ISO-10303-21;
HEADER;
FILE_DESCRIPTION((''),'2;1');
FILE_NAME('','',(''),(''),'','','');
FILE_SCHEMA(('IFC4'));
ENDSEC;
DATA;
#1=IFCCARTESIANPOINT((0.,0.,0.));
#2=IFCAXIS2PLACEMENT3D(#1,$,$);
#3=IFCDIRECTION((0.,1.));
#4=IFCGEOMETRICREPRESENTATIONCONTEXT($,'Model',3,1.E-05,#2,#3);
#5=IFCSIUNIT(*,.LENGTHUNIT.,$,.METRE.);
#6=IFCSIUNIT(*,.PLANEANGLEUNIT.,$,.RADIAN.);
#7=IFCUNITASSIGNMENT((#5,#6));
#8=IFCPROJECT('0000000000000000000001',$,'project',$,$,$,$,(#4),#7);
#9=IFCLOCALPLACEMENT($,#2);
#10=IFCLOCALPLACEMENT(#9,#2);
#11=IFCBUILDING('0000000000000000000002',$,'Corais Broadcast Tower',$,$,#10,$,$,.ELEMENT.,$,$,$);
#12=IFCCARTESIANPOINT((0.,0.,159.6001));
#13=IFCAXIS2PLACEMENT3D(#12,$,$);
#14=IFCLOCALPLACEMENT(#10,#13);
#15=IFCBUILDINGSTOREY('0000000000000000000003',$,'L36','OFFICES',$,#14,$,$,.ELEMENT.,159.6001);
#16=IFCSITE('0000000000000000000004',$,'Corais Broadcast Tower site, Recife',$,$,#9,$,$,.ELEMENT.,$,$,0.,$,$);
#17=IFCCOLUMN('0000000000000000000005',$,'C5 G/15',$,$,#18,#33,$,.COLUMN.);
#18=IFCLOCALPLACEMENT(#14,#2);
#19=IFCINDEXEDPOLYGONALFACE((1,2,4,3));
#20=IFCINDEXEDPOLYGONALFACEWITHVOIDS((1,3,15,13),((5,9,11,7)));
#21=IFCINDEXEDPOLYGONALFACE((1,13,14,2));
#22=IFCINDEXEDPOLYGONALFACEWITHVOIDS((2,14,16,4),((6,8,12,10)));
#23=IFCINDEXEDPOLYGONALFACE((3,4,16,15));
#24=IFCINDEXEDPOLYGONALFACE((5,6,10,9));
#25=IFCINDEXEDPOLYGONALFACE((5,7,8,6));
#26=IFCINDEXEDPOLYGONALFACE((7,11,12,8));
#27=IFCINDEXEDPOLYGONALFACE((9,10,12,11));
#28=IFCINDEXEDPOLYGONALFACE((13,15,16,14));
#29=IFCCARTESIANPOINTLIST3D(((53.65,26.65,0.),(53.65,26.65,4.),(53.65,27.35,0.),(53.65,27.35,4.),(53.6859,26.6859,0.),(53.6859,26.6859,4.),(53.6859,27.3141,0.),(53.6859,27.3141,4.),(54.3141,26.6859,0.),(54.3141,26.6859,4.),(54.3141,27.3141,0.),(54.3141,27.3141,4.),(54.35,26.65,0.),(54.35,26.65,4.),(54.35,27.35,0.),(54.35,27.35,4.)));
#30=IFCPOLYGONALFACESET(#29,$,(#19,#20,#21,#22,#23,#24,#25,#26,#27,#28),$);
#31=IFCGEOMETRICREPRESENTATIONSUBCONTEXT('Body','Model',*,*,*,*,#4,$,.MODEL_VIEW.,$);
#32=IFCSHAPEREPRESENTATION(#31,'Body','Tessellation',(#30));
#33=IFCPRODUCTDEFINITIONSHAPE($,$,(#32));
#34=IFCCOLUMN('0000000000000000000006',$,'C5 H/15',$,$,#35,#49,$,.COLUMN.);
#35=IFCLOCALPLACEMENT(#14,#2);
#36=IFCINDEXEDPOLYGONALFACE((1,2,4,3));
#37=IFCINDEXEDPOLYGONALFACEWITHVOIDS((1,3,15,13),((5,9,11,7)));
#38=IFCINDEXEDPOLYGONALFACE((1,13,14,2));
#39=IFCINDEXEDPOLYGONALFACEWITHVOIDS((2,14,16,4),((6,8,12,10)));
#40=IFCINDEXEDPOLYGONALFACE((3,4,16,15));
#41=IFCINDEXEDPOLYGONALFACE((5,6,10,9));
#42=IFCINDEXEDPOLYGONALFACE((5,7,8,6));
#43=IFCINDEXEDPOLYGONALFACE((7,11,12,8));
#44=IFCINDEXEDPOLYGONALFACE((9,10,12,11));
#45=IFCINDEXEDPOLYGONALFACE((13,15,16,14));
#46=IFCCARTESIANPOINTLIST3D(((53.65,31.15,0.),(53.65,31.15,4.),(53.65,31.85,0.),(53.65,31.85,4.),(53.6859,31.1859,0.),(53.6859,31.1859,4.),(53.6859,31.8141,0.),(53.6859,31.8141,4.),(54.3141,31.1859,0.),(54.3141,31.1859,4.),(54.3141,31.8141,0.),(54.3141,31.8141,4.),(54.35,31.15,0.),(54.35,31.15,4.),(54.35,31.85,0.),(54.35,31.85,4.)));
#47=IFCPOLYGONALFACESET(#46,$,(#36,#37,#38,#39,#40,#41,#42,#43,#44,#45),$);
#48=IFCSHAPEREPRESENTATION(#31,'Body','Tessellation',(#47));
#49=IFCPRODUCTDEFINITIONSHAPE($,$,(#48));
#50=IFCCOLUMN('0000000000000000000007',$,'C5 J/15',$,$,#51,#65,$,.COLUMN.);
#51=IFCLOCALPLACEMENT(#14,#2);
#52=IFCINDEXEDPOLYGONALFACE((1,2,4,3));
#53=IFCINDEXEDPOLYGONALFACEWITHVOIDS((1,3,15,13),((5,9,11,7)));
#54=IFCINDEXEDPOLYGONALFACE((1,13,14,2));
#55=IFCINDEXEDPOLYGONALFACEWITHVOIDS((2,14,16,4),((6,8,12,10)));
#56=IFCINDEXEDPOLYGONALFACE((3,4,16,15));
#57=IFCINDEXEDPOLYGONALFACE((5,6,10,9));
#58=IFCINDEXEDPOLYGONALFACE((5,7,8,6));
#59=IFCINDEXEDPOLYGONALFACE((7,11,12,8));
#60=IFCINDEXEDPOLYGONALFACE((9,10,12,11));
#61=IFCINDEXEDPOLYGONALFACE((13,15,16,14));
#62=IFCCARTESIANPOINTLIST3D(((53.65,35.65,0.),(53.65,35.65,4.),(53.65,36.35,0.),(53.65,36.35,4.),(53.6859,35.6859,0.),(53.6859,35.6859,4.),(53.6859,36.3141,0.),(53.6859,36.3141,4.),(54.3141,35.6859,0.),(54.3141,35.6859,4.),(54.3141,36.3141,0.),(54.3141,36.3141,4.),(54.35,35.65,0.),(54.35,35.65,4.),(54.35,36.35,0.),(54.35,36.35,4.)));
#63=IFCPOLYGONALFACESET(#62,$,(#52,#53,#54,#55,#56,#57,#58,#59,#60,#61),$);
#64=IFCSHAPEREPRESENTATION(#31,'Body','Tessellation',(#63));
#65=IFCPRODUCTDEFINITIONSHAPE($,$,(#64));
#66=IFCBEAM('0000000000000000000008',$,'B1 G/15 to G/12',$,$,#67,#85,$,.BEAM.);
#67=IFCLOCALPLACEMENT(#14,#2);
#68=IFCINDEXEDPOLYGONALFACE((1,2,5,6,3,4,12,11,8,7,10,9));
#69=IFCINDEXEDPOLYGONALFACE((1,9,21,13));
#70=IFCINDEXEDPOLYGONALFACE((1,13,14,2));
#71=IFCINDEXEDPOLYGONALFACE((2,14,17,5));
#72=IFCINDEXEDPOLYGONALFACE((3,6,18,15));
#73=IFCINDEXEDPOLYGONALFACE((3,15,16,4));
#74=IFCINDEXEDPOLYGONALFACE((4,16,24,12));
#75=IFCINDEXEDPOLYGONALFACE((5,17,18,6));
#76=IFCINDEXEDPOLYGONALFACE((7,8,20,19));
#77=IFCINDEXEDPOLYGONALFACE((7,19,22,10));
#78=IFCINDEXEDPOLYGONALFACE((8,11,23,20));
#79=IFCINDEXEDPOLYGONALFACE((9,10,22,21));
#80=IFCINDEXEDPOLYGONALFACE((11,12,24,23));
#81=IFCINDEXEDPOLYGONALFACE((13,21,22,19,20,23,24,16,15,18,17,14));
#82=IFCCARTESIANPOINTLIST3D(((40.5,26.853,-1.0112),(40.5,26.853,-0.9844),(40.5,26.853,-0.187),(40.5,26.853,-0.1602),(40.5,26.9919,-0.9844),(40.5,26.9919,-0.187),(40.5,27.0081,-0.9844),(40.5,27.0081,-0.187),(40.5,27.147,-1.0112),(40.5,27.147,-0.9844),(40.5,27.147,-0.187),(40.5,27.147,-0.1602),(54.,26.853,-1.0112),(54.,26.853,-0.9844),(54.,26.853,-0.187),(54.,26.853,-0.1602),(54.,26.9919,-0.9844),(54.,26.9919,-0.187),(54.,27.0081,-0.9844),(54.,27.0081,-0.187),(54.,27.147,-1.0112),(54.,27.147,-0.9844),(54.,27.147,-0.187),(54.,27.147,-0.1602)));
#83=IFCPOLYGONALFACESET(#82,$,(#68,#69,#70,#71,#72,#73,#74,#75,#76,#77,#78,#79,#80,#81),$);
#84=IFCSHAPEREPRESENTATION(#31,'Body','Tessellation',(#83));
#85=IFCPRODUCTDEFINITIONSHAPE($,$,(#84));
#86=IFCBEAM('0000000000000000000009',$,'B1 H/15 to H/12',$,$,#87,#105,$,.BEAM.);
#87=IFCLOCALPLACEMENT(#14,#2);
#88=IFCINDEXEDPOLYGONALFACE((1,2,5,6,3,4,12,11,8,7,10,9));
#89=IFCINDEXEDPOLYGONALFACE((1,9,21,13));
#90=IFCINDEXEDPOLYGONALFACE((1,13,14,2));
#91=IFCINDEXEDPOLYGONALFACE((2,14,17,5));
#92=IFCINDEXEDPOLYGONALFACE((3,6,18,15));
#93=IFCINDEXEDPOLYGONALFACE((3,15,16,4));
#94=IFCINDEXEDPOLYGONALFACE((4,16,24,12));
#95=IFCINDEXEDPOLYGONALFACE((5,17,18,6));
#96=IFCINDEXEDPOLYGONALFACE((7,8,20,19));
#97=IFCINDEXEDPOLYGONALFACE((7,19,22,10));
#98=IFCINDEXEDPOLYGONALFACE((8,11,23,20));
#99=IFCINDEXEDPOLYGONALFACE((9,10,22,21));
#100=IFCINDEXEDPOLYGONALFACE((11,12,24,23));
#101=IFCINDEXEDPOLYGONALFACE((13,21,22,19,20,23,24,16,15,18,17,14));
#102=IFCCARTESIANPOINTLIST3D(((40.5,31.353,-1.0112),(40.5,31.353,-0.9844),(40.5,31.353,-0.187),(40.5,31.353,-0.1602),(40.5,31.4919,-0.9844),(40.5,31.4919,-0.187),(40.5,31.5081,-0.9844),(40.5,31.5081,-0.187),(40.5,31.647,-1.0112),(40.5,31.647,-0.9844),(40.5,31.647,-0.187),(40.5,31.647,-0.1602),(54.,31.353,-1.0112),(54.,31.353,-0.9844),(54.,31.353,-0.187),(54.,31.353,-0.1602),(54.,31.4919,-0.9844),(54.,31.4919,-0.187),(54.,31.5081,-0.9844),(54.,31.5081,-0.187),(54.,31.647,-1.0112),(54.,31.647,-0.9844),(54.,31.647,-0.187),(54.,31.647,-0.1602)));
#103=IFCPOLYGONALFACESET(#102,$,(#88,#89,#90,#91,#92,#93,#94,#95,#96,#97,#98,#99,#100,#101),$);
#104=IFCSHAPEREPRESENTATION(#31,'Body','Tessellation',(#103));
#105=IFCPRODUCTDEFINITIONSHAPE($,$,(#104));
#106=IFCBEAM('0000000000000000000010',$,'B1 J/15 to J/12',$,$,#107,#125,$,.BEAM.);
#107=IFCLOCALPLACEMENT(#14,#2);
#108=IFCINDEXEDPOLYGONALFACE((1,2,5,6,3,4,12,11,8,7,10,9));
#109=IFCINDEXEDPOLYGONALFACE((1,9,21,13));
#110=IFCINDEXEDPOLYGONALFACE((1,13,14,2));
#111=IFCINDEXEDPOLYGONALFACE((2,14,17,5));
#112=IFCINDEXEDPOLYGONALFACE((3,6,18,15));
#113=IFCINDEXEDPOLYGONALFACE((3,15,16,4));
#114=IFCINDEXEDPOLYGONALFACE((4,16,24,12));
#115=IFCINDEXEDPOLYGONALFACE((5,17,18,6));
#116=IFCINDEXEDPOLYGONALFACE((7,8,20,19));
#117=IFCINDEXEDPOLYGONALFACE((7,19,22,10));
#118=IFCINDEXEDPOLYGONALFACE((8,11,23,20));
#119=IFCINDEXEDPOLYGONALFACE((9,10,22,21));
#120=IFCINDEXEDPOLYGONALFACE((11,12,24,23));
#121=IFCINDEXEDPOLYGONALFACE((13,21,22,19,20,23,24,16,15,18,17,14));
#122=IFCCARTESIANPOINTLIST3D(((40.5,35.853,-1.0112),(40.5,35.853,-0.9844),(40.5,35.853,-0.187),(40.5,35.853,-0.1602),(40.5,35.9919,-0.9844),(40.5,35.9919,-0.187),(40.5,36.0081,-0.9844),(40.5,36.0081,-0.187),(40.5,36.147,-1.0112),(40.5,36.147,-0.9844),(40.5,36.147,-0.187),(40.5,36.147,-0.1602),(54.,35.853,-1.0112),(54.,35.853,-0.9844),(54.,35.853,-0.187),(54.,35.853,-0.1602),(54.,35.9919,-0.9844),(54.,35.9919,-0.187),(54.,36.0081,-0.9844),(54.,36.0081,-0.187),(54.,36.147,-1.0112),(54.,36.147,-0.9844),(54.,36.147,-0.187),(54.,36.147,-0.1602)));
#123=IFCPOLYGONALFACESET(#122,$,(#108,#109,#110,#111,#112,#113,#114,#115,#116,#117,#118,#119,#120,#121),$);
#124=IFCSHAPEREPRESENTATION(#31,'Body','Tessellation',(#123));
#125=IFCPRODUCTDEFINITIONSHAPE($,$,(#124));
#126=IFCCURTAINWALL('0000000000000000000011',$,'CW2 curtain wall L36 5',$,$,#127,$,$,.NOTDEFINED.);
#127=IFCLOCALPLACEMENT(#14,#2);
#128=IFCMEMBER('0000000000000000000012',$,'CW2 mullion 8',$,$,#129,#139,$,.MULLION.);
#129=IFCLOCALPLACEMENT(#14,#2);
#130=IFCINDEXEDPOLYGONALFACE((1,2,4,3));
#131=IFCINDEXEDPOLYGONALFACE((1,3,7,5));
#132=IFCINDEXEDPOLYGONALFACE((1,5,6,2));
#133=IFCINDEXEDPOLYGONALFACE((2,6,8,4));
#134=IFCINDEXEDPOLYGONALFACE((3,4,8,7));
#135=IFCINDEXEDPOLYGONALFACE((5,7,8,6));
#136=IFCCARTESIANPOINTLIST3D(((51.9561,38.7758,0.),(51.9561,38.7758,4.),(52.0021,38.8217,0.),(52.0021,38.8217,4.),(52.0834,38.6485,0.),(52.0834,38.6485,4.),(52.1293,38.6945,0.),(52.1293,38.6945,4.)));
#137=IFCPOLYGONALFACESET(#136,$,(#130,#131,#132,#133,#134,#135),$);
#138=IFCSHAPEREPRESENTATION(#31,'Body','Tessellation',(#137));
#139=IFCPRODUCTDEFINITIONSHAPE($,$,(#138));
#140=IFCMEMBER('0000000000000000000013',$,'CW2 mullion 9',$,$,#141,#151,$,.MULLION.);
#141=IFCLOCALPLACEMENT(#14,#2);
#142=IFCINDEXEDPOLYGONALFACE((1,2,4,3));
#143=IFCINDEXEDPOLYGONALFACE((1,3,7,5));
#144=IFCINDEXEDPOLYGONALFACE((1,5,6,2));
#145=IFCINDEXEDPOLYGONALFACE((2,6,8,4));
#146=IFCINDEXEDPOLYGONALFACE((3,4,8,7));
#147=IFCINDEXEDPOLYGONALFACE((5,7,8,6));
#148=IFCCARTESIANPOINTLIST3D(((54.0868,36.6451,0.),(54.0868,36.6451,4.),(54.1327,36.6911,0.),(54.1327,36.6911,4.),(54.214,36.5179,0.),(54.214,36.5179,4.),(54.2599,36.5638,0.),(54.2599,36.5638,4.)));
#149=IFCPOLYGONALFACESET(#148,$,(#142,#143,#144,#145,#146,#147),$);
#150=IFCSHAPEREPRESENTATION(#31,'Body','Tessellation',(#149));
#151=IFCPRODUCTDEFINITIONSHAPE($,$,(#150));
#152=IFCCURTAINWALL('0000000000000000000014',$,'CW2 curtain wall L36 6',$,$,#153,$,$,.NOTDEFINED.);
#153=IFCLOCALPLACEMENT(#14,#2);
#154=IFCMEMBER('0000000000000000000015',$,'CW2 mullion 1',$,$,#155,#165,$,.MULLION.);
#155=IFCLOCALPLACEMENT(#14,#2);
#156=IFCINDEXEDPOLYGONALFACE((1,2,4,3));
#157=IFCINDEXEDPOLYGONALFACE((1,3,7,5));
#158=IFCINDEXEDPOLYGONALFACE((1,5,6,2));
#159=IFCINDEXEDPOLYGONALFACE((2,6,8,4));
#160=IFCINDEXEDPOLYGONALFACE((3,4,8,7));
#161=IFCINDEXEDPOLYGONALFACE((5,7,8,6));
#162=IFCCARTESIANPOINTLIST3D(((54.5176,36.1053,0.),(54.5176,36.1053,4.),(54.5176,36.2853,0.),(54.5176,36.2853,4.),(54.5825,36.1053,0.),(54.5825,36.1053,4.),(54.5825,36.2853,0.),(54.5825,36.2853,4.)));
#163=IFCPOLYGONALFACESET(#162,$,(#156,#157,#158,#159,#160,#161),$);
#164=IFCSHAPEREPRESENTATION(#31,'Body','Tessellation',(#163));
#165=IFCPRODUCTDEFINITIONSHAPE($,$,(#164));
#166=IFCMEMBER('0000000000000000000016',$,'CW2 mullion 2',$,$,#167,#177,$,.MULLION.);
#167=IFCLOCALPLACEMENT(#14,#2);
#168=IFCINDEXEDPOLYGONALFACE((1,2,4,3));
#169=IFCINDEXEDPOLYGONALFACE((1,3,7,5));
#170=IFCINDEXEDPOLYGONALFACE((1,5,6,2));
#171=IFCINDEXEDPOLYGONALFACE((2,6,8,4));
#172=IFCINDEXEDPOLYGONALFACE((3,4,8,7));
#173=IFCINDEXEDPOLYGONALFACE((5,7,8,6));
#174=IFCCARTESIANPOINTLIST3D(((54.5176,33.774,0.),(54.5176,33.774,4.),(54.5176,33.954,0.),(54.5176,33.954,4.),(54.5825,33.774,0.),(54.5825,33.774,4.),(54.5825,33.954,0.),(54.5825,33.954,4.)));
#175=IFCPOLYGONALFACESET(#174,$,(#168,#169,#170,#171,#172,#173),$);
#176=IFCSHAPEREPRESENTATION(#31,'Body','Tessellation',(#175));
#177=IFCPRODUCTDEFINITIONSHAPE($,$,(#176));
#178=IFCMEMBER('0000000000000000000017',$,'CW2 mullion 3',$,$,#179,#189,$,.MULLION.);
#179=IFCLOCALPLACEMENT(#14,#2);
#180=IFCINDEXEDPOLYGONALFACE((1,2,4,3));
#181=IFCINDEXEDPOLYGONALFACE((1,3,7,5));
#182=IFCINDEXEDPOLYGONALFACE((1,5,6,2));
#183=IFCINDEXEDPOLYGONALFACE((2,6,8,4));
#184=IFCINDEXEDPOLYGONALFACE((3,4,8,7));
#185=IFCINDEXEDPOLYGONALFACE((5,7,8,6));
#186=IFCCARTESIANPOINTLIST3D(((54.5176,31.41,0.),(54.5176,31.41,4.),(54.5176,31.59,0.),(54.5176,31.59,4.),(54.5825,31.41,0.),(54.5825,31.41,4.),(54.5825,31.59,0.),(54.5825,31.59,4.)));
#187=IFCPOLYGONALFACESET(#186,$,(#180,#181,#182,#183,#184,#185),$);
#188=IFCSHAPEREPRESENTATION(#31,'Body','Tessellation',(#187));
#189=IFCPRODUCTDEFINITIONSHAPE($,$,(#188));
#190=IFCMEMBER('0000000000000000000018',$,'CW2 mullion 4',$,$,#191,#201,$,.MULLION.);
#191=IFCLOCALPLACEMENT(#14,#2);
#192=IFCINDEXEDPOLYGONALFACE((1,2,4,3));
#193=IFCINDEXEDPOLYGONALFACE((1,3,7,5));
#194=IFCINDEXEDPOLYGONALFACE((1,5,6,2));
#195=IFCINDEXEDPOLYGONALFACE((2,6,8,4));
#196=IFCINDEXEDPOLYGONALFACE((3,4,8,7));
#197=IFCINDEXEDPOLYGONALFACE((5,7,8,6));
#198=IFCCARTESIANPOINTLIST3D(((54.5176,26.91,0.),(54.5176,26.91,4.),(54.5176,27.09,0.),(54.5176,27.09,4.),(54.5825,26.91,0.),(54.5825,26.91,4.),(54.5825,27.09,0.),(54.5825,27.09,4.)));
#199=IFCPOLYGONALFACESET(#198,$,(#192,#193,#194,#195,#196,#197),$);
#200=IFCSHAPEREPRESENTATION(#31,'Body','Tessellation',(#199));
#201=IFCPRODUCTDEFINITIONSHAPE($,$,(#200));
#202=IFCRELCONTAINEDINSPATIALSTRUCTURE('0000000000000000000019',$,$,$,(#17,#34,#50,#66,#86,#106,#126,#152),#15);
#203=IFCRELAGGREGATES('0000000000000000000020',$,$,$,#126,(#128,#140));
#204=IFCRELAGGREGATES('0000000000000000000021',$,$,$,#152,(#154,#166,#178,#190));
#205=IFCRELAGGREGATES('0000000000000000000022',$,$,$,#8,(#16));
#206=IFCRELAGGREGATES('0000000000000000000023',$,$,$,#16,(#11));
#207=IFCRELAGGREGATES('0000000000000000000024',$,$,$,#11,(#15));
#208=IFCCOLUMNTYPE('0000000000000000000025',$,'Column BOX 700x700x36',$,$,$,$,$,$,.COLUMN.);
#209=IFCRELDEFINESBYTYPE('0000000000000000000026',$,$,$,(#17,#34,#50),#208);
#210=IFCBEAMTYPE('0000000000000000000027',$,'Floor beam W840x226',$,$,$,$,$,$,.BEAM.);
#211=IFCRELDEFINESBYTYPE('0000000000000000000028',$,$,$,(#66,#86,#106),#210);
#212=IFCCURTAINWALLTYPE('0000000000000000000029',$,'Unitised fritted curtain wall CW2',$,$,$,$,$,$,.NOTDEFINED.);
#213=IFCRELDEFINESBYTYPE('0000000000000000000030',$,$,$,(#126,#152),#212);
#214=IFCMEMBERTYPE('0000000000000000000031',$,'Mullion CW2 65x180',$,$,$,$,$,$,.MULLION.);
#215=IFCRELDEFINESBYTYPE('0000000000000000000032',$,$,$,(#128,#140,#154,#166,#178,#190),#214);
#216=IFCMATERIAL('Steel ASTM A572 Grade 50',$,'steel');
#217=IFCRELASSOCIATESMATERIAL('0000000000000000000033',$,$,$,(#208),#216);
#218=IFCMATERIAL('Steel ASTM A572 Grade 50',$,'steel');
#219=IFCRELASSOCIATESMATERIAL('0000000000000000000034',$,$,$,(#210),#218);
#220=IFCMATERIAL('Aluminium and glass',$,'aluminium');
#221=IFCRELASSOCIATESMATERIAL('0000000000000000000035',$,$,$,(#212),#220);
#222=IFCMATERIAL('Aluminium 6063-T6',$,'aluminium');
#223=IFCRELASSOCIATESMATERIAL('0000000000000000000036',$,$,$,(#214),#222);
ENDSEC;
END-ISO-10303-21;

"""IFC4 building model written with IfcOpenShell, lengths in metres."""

from ifc_helpers import new_model, si_unit, direction, frame, origin, origin_2d, place, context, subcontext, project, spatial, rectangle, hollow_rectangle, i_section, extrude, material, material_profile, profile_set, type_object, element, aggregate, save


model = new_model("IFC4")

# Units and contexts
model_context = context("Model", 3, precision=1e-05, world=origin(), true_north=direction((0.0, 1.0)))
body_context = subcontext(model_context, "Body", "Model", "MODEL_VIEW")
ifc_project = project(units=[si_unit("LENGTHUNIT", "METRE"), si_unit("PLANEANGLEUNIT", "RADIAN")], contexts=[model_context])

# Site, building, storey
site_placement = place(None, origin())
site = spatial("IfcSite", under=ifc_project, at=site_placement, Name="Corais Broadcast Tower site, Recife", CompositionType="ELEMENT", RefElevation=0.0)
building_placement = place(site_placement, origin())
building = spatial("IfcBuilding", under=site, at=building_placement, Name="Corais Broadcast Tower", CompositionType="ELEMENT")
storey_placement = place(building_placement, frame((0.0, 0.0, 159.6001)))
storey = spatial("IfcBuildingStorey", under=building, at=storey_placement, Name="L36", Description="OFFICES", CompositionType="ELEMENT", Elevation=159.6001)

# Columns
ifc_material_1 = material(Name="Steel ASTM A572 Grade 50", Category="steel")
ifc_material_profile_1 = material_profile(ifc_material_1, hollow_rectangle(XDim=0.7, YDim=0.7, WallThickness=0.0359, at=origin_2d()), Name="BOX 700x700x36")
ifc_profile_set_1 = profile_set([ifc_material_profile_1], Name="Steel ASTM A572 Grade 50")
column_type = type_object("IfcColumnType", Name="Column BOX 700x700x36", PredefinedType="COLUMN", material=ifc_profile_set_1)
for number, where, z_axis, x_axis, name in (
    (1, (54.0, 27.0, 0.0), (0.0, 0.0, 1.0), (1.0, 0.0, 0.0), "C5 G/15"),
    (2, (54.0, 31.5, 0.0), (0.0, 0.0, 1.0), (1.0, 0.0, 0.0), "C5 H/15"),
    (3, (54.0, 36.0, 0.0), (0.0, 0.0, 1.0), (1.0, 0.0, 0.0), "C5 J/15"),
):
    element("IfcColumn", number, at=place(storey_placement, frame(where, z_axis=z_axis, x_axis=x_axis)), inside=storey, type_object=column_type, Name=name, PredefinedType="COLUMN", context=body_context, shape_type="SweptSolid", body=[
        extrude(hollow_rectangle(XDim=0.7, YDim=0.7, WallThickness=0.0359, at=origin_2d()), origin(), (0.0, 0.0, 1.0), 4.0),
    ])

# Beams
ifc_material_2 = material(Name="Steel ASTM A572 Grade 50", Category="steel")
ifc_material_profile_2 = material_profile(ifc_material_2, i_section(OverallWidth=0.2939, OverallDepth=0.8511, WebThickness=0.0161, FlangeThickness=0.0269, at=origin_2d()), Name="W840x226")
ifc_profile_set_2 = profile_set([ifc_material_profile_2], Name="Steel ASTM A572 Grade 50")
beam_type_1 = type_object("IfcBeamType", Name="Floor beam W840x226", PredefinedType="BEAM", material=ifc_profile_set_2)
for number, where, z_axis, x_axis, name in (
    (4, (54.0, 27.0, -0.5857), (-1.0, 0.0, 0.0), (0.0, -1.0, 0.0), "B1 G/15 to G/12"),
    (5, (54.0, 31.5, -0.5857), (-1.0, 0.0, 0.0), (0.0, -1.0, 0.0), "B1 H/15 to H/12"),
    (6, (54.0, 36.0, -0.5857), (-1.0, 0.0, 0.0), (0.0, -1.0, 0.0), "B1 J/15 to J/12"),
):
    element("IfcBeam", number, at=place(storey_placement, frame(where, z_axis=z_axis, x_axis=x_axis)), inside=storey, type_object=beam_type_1, Name=name, PredefinedType="BEAM", context=body_context, shape_type="SweptSolid", body=[
        extrude(i_section(OverallWidth=0.2939, OverallDepth=0.8511, WebThickness=0.0161, FlangeThickness=0.0269, at=origin_2d()), origin(), (0.0, 0.0, 1.0), 13.5),
    ])

# Curtain walls, members
ifc_material_3 = material(Name="Aluminium and glass", Category="aluminium")
curtain_wall_type = type_object("IfcCurtainWallType", Name="Unitised fritted curtain wall CW2", PredefinedType="NOTDEFINED", material=ifc_material_3)
curtain_wall_1_placement = place(storey_placement, origin())
curtain_wall_1 = element("IfcCurtainWall", 7, at=curtain_wall_1_placement, inside=storey, type_object=curtain_wall_type, Name="CW2 curtain wall L36 5", PredefinedType="NOTDEFINED")
ifc_material_4 = material(Name="Aluminium 6063-T6", Category="aluminium")
ifc_material_profile_3 = material_profile(ifc_material_4, rectangle(XDim=0.0649, YDim=0.1799, at=origin_2d()), Name="Mullion CW2 65x180")
ifc_profile_set_3 = profile_set([ifc_material_profile_3], Name="Aluminium 6063-T6")
member_type_1 = type_object("IfcMemberType", Name="Mullion CW2 65x180", PredefinedType="MULLION", material=ifc_profile_set_3)
member_1_placement = place(storey_placement, frame((52.0427, 38.7351, 0.0), z_axis=(0.0, 0.0, 1.0), x_axis=(0.707107, 0.707107, 0.0)))
member_1 = element("IfcMember", 8, at=member_1_placement, type_object=member_type_1, Name="CW2 mullion 8", PredefinedType="MULLION", context=body_context, shape_type="SweptSolid", body=[
    extrude(rectangle(XDim=0.0649, YDim=0.1799, at=origin_2d()), origin(), (0.0, 0.0, 1.0), 4.0),
])
member_2_placement = place(storey_placement, frame((54.1733, 36.6045, 0.0), z_axis=(0.0, 0.0, 1.0), x_axis=(0.707107, 0.707107, 0.0)))
member_2 = element("IfcMember", 9, at=member_2_placement, type_object=member_type_1, Name="CW2 mullion 9", PredefinedType="MULLION", context=body_context, shape_type="SweptSolid", body=[
    extrude(rectangle(XDim=0.0649, YDim=0.1799, at=origin_2d()), origin(), (0.0, 0.0, 1.0), 4.0),
])
curtain_wall_2_placement = place(storey_placement, origin())
curtain_wall_2 = element("IfcCurtainWall", 10, at=curtain_wall_2_placement, inside=storey, type_object=curtain_wall_type, Name="CW2 curtain wall L36 6", PredefinedType="NOTDEFINED")
member_3_placement = place(storey_placement, frame((54.55, 36.1953, 0.0), z_axis=(0.0, 0.0, 1.0), x_axis=(1.0, 0.0, 0.0)))
member_3 = element("IfcMember", 11, at=member_3_placement, type_object=member_type_1, Name="CW2 mullion 1", PredefinedType="MULLION", context=body_context, shape_type="SweptSolid", body=[
    extrude(rectangle(XDim=0.0649, YDim=0.1799, at=origin_2d()), origin(), (0.0, 0.0, 1.0), 4.0),
])
member_4_placement = place(storey_placement, frame((54.55, 33.864, 0.0), z_axis=(0.0, 0.0, 1.0), x_axis=(1.0, 0.0, 0.0)))
member_4 = element("IfcMember", 12, at=member_4_placement, type_object=member_type_1, Name="CW2 mullion 2", PredefinedType="MULLION", context=body_context, shape_type="SweptSolid", body=[
    extrude(rectangle(XDim=0.0649, YDim=0.1799, at=origin_2d()), origin(), (0.0, 0.0, 1.0), 4.0),
])
member_5_placement = place(storey_placement, frame((54.55, 31.5, 0.0), z_axis=(0.0, 0.0, 1.0), x_axis=(1.0, 0.0, 0.0)))
member_5 = element("IfcMember", 13, at=member_5_placement, type_object=member_type_1, Name="CW2 mullion 3", PredefinedType="MULLION", context=body_context, shape_type="SweptSolid", body=[
    extrude(rectangle(XDim=0.0649, YDim=0.1799, at=origin_2d()), origin(), (0.0, 0.0, 1.0), 4.0),
])
member_6_placement = place(storey_placement, frame((54.55, 27.0, 0.0), z_axis=(0.0, 0.0, 1.0), x_axis=(1.0, 0.0, 0.0)))
member_6 = element("IfcMember", 14, at=member_6_placement, type_object=member_type_1, Name="CW2 mullion 4", PredefinedType="MULLION", context=body_context, shape_type="SweptSolid", body=[
    extrude(rectangle(XDim=0.0649, YDim=0.1799, at=origin_2d()), origin(), (0.0, 0.0, 1.0), 4.0),
])

aggregate(curtain_wall_1, [member_1, member_2])
aggregate(curtain_wall_2, [member_3, member_4, member_5, member_6])

save(model, "model.ifc")
